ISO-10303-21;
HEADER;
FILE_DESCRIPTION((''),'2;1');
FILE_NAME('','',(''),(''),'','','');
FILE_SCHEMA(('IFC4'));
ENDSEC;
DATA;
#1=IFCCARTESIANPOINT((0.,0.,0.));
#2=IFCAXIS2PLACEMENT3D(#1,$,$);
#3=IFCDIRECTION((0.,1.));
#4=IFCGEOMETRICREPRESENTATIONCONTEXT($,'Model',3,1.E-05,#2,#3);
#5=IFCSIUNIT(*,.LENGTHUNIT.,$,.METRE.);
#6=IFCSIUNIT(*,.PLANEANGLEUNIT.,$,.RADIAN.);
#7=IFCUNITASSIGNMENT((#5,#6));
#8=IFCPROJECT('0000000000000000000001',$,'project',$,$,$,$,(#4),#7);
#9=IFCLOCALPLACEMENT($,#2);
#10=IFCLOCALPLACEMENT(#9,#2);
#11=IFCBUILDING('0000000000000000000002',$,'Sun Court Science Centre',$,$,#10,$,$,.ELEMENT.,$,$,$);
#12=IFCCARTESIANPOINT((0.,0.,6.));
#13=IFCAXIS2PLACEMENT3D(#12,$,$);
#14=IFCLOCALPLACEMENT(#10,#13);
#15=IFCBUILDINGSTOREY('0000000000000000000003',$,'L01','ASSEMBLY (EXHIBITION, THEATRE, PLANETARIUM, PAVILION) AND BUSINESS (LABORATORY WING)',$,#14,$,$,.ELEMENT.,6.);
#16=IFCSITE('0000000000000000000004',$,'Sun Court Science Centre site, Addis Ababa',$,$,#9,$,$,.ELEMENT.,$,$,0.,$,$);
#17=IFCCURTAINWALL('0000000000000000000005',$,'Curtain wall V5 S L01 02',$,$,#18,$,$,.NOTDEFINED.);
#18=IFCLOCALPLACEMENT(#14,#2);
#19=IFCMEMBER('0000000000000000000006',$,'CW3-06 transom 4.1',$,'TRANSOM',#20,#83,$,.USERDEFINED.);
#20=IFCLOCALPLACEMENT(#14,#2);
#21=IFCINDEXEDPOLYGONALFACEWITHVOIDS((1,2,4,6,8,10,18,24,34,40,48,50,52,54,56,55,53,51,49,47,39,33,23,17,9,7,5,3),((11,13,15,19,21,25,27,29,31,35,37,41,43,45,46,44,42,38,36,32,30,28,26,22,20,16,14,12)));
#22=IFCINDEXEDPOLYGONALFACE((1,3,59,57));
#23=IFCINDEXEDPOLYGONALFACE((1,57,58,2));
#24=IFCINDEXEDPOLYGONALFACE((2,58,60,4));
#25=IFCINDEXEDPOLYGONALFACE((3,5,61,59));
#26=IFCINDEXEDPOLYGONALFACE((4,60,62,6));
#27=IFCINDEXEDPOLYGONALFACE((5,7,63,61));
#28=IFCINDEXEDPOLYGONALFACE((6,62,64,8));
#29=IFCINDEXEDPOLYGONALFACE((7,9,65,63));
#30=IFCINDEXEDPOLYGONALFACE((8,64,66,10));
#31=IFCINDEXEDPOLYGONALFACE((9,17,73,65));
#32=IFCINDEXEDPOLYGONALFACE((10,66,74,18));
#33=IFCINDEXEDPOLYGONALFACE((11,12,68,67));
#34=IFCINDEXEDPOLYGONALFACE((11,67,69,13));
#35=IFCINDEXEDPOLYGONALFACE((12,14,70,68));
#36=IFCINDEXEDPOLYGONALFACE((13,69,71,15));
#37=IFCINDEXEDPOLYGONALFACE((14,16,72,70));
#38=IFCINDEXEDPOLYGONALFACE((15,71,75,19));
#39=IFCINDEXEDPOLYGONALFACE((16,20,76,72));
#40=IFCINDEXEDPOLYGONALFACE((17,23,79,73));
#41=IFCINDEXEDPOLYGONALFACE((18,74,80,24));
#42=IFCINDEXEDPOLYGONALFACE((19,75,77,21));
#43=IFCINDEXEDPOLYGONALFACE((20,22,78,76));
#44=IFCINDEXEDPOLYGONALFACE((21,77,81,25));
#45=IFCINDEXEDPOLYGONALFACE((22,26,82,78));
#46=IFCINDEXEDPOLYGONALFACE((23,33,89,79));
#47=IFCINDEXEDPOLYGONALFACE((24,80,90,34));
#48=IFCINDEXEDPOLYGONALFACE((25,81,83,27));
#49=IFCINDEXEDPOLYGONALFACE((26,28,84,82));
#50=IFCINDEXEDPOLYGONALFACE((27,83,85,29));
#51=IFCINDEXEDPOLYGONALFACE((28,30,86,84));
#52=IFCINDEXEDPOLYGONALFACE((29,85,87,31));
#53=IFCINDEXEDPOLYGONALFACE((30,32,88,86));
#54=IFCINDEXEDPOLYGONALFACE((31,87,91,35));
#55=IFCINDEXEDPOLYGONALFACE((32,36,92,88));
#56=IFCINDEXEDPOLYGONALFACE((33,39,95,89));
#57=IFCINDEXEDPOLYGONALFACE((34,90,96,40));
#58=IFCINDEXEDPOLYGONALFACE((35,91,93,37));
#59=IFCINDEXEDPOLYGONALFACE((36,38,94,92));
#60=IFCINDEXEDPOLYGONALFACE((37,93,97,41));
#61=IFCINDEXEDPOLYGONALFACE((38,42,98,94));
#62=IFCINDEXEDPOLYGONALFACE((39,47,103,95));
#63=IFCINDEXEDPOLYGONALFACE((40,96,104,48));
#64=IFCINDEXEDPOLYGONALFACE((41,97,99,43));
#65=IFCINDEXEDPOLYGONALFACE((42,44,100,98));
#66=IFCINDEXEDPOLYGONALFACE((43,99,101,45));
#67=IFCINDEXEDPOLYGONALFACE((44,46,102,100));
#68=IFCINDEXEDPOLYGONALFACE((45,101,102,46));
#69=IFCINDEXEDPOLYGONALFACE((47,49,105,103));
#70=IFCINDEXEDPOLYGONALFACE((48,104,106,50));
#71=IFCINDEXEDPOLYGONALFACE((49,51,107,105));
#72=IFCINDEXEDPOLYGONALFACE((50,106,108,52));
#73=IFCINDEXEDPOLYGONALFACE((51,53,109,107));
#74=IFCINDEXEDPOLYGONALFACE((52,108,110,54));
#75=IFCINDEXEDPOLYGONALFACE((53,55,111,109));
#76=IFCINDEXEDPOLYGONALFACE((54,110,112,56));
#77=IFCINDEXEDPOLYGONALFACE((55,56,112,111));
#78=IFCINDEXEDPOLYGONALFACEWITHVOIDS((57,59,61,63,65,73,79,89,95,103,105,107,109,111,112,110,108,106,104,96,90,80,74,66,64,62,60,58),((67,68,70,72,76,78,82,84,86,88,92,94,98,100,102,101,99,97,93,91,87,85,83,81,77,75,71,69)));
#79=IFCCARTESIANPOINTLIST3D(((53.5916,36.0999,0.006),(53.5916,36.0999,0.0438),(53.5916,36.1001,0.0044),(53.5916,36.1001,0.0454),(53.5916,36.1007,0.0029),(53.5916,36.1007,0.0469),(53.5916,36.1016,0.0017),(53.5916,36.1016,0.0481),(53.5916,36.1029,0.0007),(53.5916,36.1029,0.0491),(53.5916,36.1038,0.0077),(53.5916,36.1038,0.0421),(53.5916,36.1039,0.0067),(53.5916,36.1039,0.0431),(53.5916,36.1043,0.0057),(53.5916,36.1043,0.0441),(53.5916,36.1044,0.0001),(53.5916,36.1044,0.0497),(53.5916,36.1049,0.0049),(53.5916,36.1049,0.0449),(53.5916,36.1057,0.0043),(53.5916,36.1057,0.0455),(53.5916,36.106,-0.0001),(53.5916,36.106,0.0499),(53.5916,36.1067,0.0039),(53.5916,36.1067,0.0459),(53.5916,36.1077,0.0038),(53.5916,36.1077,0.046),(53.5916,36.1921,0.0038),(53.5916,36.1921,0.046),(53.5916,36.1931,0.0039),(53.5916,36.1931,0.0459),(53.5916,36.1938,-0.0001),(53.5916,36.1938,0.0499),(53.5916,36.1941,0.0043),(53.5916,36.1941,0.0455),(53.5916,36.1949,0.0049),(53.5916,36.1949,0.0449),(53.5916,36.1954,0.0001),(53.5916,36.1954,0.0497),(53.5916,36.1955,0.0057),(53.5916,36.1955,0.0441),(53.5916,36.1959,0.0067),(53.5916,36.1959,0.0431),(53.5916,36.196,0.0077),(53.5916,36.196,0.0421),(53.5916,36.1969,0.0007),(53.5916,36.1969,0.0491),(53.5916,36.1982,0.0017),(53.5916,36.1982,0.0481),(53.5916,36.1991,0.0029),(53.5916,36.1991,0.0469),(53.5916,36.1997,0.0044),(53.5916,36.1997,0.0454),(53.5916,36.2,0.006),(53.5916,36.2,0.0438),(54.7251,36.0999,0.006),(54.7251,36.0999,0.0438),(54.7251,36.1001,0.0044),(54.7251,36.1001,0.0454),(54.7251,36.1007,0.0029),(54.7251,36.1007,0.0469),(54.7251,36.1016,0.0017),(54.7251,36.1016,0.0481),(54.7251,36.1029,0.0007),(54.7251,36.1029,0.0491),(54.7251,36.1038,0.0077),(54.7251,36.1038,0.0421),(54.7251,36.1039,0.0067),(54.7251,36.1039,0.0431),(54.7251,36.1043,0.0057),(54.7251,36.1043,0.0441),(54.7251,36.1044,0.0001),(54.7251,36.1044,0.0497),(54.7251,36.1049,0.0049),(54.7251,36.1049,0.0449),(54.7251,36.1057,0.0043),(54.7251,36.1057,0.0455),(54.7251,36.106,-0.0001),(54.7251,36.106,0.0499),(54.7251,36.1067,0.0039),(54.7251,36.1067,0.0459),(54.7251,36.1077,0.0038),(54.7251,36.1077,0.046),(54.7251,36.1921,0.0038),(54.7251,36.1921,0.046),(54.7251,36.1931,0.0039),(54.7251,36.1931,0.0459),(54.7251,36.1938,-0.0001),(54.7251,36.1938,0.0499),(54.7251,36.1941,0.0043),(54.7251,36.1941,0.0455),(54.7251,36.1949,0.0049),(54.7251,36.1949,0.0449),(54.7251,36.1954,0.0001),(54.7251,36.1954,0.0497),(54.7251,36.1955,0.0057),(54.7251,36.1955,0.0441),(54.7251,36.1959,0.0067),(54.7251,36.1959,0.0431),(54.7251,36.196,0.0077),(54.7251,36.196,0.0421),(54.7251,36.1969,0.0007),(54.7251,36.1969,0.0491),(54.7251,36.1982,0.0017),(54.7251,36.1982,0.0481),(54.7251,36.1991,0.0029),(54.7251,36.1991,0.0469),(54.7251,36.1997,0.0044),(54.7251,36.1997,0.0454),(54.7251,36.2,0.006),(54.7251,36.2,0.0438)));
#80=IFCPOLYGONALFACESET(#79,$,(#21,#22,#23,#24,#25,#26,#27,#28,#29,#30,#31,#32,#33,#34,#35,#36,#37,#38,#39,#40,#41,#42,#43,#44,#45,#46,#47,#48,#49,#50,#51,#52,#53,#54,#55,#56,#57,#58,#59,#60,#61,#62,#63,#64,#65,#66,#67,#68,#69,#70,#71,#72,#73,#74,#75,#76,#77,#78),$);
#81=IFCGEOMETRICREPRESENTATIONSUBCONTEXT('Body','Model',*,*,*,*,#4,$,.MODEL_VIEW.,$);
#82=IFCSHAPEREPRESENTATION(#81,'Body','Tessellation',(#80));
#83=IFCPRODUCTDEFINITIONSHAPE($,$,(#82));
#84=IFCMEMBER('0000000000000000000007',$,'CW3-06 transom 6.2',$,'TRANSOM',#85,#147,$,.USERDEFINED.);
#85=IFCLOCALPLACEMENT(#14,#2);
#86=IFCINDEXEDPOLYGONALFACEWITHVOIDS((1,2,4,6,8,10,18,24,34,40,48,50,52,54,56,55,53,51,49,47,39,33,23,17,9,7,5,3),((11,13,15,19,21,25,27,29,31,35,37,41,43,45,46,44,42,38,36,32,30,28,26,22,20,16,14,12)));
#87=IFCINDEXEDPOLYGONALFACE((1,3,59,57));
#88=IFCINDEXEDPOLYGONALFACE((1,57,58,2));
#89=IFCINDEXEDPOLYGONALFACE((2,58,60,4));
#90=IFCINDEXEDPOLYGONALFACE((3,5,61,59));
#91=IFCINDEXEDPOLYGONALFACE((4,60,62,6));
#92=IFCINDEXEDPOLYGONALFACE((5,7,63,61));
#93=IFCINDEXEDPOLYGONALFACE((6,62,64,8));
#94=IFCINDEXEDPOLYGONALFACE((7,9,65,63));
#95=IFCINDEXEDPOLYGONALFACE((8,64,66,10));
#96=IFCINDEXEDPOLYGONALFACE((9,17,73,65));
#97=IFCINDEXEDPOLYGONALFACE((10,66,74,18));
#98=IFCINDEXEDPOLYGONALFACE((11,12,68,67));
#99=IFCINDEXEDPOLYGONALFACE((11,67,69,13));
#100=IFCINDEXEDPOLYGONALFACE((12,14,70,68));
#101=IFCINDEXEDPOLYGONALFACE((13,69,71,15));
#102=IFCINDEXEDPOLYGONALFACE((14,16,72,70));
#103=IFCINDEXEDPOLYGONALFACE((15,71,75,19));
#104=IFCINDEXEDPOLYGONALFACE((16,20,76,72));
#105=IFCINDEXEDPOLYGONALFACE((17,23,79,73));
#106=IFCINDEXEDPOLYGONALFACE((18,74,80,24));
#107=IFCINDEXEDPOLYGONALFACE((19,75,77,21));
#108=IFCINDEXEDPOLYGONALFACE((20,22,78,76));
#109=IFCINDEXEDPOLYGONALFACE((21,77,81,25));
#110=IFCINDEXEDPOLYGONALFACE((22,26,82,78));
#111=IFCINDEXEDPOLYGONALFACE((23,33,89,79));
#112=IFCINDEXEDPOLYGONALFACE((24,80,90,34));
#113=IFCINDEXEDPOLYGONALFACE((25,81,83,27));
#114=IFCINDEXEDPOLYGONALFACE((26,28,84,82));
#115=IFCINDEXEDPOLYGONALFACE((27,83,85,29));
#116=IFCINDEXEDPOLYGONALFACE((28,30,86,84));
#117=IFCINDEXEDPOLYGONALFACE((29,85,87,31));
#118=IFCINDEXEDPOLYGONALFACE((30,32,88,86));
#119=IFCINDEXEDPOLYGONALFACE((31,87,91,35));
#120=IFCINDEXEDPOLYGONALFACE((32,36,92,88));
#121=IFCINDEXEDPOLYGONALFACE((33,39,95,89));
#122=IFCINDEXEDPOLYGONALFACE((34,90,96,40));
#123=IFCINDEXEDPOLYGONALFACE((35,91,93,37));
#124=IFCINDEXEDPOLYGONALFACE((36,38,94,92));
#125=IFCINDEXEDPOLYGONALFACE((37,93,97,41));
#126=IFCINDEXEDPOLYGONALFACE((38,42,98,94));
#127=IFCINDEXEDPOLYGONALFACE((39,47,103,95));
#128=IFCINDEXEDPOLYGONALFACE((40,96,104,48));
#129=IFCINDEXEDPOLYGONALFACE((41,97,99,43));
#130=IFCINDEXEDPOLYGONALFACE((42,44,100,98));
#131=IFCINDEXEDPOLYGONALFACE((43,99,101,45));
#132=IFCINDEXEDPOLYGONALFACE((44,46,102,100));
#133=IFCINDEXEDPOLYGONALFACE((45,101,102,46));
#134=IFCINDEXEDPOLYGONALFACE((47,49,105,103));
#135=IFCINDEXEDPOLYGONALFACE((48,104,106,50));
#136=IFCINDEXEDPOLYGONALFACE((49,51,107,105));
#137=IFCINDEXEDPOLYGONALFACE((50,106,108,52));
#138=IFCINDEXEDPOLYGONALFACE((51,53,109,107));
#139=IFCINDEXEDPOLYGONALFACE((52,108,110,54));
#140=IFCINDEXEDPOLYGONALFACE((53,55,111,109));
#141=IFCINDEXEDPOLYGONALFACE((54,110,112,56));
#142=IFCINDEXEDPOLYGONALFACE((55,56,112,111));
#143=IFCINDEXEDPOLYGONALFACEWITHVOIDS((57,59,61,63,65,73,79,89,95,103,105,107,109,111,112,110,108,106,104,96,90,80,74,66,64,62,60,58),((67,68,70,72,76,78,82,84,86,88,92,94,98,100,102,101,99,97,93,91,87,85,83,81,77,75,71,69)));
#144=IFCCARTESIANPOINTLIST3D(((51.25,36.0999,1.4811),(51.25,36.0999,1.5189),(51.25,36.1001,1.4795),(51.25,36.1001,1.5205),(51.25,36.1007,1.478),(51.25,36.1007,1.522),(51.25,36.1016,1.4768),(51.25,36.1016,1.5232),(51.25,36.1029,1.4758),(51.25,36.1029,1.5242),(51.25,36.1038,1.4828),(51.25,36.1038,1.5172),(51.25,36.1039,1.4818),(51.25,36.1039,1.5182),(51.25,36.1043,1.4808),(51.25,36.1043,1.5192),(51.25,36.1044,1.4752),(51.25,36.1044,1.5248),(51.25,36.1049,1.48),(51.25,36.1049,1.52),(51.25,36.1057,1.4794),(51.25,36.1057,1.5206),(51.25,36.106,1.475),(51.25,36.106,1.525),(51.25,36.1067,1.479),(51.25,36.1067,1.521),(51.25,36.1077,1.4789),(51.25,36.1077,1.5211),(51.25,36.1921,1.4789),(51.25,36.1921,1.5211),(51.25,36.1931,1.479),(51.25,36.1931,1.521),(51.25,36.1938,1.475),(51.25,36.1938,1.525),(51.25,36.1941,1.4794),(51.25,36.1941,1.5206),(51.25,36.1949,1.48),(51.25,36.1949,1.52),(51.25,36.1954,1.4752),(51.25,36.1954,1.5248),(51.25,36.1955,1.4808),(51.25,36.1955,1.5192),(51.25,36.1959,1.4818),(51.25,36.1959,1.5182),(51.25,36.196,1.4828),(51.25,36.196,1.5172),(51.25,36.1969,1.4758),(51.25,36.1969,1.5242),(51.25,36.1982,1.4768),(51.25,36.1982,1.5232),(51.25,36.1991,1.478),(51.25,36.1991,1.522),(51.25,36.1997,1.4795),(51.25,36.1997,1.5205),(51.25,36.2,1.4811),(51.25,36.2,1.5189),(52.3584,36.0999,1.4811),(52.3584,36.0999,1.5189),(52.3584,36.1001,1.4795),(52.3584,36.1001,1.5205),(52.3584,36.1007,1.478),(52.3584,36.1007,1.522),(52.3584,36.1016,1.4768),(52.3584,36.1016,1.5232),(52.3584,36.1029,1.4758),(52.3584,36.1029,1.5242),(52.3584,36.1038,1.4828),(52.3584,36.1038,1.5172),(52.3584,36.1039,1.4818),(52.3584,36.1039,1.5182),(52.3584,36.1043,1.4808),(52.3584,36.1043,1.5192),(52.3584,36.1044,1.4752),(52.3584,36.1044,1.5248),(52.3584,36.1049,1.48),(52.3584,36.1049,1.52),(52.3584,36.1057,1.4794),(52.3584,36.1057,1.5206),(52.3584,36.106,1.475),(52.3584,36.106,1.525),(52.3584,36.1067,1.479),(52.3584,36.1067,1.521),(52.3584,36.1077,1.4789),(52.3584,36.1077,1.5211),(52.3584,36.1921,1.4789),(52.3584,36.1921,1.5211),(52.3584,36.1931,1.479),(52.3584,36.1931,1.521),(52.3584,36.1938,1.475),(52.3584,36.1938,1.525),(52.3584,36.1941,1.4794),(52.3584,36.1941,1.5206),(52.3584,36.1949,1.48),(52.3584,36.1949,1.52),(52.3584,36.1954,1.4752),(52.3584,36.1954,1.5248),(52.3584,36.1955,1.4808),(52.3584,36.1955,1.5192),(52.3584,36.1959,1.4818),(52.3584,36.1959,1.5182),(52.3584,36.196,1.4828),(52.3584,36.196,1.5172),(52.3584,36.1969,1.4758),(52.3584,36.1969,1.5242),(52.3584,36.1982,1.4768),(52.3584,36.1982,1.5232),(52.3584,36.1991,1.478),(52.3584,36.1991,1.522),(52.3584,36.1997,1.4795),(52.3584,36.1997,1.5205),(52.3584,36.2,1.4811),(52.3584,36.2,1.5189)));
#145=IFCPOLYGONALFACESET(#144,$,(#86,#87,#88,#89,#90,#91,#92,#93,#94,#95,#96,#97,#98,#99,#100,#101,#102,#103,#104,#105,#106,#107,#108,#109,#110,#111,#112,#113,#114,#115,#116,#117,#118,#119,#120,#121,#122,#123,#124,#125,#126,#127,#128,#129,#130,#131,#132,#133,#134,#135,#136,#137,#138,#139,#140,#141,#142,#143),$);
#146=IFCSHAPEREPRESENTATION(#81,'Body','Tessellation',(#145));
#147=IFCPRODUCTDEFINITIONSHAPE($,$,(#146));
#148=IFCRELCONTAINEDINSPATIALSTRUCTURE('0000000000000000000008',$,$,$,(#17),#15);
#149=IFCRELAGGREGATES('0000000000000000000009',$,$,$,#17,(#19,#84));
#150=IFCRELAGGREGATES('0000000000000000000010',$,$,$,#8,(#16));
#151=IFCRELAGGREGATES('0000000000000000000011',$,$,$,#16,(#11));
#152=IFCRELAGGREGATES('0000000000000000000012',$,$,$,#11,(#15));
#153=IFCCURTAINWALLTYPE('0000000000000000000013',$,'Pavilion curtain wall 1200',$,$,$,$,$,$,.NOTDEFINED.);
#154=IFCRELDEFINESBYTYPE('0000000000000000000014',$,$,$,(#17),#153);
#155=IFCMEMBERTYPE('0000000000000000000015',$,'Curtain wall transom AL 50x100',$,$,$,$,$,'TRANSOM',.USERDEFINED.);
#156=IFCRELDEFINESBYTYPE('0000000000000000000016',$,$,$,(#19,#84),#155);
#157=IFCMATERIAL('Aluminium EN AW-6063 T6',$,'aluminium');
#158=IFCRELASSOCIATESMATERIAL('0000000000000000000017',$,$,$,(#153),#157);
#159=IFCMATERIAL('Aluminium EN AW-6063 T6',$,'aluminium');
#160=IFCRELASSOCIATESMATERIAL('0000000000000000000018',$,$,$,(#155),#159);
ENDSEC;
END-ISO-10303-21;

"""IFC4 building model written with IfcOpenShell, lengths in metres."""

from ifc_helpers import new_model, si_unit, direction, frame, origin, origin_2d, place, context, subcontext, project, spatial, hollow_rectangle, extrude, material, material_profile, profile_set, type_object, element, aggregate, save


model = new_model("IFC4")

# Units and contexts
model_context = context("Model", 3, precision=1e-05, world=origin(), true_north=direction((0.0, 1.0)))
body_context = subcontext(model_context, "Body", "Model", "MODEL_VIEW")
ifc_project = project(units=[si_unit("LENGTHUNIT", "METRE"), si_unit("PLANEANGLEUNIT", "RADIAN")], contexts=[model_context])

# Site, building, storey
site_placement = place(None, origin())
site = spatial("IfcSite", under=ifc_project, at=site_placement, Name="Sun Court Science Centre site, Addis Ababa", CompositionType="ELEMENT", RefElevation=0.0)
building_placement = place(site_placement, origin())
building = spatial("IfcBuilding", under=site, at=building_placement, Name="Sun Court Science Centre", CompositionType="ELEMENT")
storey_placement = place(building_placement, frame((0.0, 0.0, 6.0)))
storey = spatial("IfcBuildingStorey", under=building, at=storey_placement, Name="L01", Description="ASSEMBLY (EXHIBITION, THEATRE, PLANETARIUM, PAVILION) AND BUSINESS (LABORATORY WING)", CompositionType="ELEMENT", Elevation=6.0)

# Curtain wall, members
ifc_material_1 = material(Name="Aluminium EN AW-6063 T6", Category="aluminium")
curtain_wall_type = type_object("IfcCurtainWallType", Name="Pavilion curtain wall 1200", PredefinedType="NOTDEFINED", material=ifc_material_1)
curtain_wall_placement = place(storey_placement, origin())
curtain_wall = element("IfcCurtainWall", 1, at=curtain_wall_placement, inside=storey, type_object=curtain_wall_type, Name="Curtain wall V5 S L01 02", PredefinedType="NOTDEFINED")
ifc_material_2 = material(Name="Aluminium EN AW-6063 T6", Category="aluminium")
ifc_material_profile_1 = material_profile(ifc_material_2, hollow_rectangle(XDim=0.05, YDim=0.1001, WallThickness=0.0039, InnerFilletRadius=0.0039, OuterFilletRadius=0.0061, at=origin_2d()), Name="AL 50x100x4")
ifc_profile_set_1 = profile_set([ifc_material_profile_1], Name="Aluminium EN AW-6063 T6")
member_type_1 = type_object("IfcMemberType", Name="Curtain wall transom AL 50x100", ElementType="TRANSOM", PredefinedType="USERDEFINED", material=ifc_profile_set_1)
member_1_placement = place(storey_placement, frame((54.7251, 36.1499, 0.0249), z_axis=(-1.0, 0.0, 0.0), x_axis=(0.0, 0.0, 1.0)))
member_1 = element("IfcMember", 2, at=member_1_placement, type_object=member_type_1, Name="CW3-06 transom 4.1", ObjectType="TRANSOM", PredefinedType="USERDEFINED", context=body_context, shape_type="SweptSolid", body=[
    extrude(hollow_rectangle(XDim=0.05, YDim=0.1001, WallThickness=0.0039, InnerFilletRadius=0.0039, OuterFilletRadius=0.0061, at=origin_2d()), origin(), (0.0, 0.0, 1.0), 1.1335),
])
member_2_placement = place(storey_placement, frame((52.3584, 36.1499, 1.5), z_axis=(-1.0, 0.0, 0.0), x_axis=(0.0, 0.0, 1.0)))
member_2 = element("IfcMember", 3, at=member_2_placement, type_object=member_type_1, Name="CW3-06 transom 6.2", ObjectType="TRANSOM", PredefinedType="USERDEFINED", context=body_context, shape_type="SweptSolid", body=[
    extrude(hollow_rectangle(XDim=0.05, YDim=0.1001, WallThickness=0.0039, InnerFilletRadius=0.0039, OuterFilletRadius=0.0061, at=origin_2d()), origin(), (0.0, 0.0, 1.0), 1.1084),
])
aggregate(curtain_wall, [member_1, member_2])

save(model, "model.ifc")
